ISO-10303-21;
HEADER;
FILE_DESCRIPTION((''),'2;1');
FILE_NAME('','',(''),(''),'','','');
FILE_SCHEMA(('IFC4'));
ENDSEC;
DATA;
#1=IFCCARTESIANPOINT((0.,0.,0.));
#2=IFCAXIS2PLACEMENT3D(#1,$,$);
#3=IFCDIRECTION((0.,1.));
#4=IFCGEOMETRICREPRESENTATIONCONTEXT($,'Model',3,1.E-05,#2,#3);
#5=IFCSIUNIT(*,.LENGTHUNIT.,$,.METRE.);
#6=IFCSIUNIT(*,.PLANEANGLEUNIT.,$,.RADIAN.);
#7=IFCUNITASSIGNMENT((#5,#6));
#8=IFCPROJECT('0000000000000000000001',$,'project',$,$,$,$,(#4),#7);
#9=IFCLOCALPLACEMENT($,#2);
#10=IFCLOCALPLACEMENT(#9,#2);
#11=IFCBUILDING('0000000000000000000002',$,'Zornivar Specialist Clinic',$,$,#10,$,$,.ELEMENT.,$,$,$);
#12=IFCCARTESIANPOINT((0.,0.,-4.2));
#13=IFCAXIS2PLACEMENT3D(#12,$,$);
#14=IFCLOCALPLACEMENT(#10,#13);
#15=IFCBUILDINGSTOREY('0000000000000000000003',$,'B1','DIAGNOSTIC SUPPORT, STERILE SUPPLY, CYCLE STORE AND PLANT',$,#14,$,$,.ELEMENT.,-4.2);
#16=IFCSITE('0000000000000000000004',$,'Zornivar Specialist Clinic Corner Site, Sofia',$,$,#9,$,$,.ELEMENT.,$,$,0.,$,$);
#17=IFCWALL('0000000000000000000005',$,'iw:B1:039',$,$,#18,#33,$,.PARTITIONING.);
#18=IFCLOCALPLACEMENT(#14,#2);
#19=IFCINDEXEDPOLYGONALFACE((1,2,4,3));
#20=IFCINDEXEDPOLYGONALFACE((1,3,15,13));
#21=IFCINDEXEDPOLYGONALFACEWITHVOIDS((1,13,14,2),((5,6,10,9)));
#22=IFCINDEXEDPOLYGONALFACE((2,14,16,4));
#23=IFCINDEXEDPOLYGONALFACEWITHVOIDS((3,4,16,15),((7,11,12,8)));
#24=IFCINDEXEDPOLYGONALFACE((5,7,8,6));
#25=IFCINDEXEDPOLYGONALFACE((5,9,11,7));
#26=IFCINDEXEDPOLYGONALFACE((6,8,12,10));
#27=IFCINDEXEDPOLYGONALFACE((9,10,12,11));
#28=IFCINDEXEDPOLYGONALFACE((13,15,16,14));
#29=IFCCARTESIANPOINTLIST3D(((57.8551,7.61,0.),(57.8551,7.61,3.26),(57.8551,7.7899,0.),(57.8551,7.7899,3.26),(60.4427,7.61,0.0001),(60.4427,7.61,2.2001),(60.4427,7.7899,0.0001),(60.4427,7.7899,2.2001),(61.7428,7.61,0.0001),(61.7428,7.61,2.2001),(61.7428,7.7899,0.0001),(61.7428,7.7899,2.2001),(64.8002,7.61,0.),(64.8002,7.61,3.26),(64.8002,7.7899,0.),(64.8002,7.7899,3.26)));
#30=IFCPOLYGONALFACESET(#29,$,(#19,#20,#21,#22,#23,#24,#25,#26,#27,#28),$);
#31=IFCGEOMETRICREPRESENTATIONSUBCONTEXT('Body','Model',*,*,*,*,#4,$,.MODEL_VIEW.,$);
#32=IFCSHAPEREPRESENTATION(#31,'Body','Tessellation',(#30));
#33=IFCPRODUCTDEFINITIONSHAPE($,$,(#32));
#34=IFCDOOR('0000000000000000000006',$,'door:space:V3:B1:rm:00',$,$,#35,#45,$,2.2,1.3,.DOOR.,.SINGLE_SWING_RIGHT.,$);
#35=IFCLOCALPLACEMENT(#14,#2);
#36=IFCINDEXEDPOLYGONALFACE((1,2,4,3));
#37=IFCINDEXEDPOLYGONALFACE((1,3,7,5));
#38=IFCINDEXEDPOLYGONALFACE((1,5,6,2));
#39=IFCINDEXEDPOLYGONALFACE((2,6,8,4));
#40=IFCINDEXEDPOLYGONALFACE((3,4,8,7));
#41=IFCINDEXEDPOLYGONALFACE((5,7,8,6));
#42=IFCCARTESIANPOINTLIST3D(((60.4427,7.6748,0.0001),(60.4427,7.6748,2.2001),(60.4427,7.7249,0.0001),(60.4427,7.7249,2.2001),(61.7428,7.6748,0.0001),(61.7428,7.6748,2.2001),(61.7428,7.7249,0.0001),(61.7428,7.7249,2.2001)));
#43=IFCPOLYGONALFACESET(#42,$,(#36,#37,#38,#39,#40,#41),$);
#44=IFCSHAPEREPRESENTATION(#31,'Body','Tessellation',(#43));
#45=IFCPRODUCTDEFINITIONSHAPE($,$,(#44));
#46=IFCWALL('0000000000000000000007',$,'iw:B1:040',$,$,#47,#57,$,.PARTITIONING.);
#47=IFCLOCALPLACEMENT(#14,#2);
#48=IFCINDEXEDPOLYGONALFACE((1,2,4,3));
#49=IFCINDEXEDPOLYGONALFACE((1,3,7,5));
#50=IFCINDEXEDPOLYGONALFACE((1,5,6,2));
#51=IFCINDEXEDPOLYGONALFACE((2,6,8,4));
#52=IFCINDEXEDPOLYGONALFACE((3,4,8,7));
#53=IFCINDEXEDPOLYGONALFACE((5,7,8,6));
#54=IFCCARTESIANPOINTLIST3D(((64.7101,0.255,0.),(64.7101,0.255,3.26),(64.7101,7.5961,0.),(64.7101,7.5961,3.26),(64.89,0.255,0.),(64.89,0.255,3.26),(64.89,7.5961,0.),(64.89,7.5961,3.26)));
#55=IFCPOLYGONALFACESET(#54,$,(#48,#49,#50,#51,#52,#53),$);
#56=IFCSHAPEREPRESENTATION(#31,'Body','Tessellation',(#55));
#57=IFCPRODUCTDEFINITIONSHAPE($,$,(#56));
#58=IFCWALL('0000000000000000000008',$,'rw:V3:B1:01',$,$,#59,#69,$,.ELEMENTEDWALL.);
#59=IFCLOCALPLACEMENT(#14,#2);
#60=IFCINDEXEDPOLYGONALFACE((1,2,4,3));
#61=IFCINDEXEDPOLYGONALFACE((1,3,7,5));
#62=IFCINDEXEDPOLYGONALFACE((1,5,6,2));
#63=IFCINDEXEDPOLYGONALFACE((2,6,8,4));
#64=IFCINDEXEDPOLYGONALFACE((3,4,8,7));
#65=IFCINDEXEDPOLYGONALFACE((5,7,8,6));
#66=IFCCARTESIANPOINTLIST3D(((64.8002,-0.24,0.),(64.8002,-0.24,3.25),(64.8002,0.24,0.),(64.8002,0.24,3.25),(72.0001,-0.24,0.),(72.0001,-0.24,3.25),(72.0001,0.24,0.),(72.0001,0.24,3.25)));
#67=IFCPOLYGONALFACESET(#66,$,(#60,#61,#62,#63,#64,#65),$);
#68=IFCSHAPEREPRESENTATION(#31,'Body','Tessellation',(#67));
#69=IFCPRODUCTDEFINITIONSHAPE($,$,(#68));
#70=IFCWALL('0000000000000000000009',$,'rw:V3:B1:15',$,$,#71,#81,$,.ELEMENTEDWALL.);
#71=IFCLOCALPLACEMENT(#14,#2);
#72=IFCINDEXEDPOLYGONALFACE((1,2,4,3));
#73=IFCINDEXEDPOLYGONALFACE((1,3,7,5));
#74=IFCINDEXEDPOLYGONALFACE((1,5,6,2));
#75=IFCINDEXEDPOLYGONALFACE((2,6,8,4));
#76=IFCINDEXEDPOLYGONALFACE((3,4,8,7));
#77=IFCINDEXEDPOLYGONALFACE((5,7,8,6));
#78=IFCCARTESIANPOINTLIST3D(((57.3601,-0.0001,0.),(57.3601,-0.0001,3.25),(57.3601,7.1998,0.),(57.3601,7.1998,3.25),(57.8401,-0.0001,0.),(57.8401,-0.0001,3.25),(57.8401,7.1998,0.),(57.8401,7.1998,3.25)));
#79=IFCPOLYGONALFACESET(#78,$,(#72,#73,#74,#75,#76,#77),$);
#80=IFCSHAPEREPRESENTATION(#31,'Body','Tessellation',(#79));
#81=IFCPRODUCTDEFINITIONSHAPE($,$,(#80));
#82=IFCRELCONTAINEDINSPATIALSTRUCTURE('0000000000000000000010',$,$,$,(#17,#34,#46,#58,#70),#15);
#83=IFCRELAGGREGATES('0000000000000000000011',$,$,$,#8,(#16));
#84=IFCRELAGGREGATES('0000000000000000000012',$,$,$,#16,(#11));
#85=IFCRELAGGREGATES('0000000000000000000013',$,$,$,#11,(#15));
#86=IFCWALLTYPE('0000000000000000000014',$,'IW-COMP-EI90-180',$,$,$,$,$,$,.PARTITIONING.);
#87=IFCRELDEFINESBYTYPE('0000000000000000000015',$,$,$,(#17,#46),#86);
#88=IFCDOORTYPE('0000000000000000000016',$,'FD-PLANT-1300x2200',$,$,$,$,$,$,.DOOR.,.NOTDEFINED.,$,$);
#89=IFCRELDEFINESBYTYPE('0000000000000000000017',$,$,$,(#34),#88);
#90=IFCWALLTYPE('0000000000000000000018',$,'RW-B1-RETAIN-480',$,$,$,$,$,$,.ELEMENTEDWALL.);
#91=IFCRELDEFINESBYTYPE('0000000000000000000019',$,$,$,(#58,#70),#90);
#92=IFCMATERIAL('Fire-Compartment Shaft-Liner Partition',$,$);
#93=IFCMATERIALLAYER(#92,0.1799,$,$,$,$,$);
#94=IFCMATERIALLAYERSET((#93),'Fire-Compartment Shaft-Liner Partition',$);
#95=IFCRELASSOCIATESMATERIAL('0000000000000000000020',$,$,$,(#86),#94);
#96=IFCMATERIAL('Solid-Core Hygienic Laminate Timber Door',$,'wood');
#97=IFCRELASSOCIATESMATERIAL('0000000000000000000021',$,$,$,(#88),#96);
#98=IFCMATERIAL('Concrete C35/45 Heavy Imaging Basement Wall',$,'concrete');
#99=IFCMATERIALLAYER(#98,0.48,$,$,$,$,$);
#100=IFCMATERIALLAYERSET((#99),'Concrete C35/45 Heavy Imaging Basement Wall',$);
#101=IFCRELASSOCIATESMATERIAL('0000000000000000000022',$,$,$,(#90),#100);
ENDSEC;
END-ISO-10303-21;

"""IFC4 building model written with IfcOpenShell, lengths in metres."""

from ifc_helpers import new_model, si_unit, direction, frame, frame_2d, origin, place, context, subcontext, project, spatial, rectangle, extrude, material, layer, layer_set, type_object, element, fill, save


model = new_model("IFC4")

# Units and contexts
model_context = context("Model", 3, precision=1e-05, world=origin(), true_north=direction((0.0, 1.0)))
body_context = subcontext(model_context, "Body", "Model", "MODEL_VIEW")
ifc_project = project(units=[si_unit("LENGTHUNIT", "METRE"), si_unit("PLANEANGLEUNIT", "RADIAN")], contexts=[model_context])

# Site, building, storey
site_placement = place(None, origin())
site = spatial("IfcSite", under=ifc_project, at=site_placement, Name="Zornivar Specialist Clinic Corner Site, Sofia", CompositionType="ELEMENT", RefElevation=0.0)
building_placement = place(site_placement, origin())
building = spatial("IfcBuilding", under=site, at=building_placement, Name="Zornivar Specialist Clinic", CompositionType="ELEMENT")
storey_placement = place(building_placement, frame((0.0, 0.0, -4.2)))
storey = spatial("IfcBuildingStorey", under=building, at=storey_placement, Name="B1", Description="DIAGNOSTIC SUPPORT, STERILE SUPPLY, CYCLE STORE AND PLANT", CompositionType="ELEMENT", Elevation=-4.2)

# Wall, opening, door
ifc_material_1 = material(Name="Fire-Compartment Shaft-Liner Partition")
ifc_layer_1 = layer(ifc_material_1, 0.1799)
ifc_layer_set_1 = layer_set([ifc_layer_1], Name="Fire-Compartment Shaft-Liner Partition")
wall_type_1 = type_object("IfcWallType", Name="IW-COMP-EI90-180", PredefinedType="PARTITIONING", material=ifc_layer_set_1)
wall_1_placement = place(storey_placement, frame((57.855, 7.7, 0.0), z_axis=(0.0, 0.0, 1.0), x_axis=(1.0, 0.0, 0.0)))
wall_1 = element("IfcWall", 1, at=wall_1_placement, inside=storey, type_object=wall_type_1, Name="iw:B1:039", PredefinedType="PARTITIONING", context=body_context, shape_type="SweptSolid", body=[
    extrude(rectangle(XDim=6.9451, YDim=0.1799, at=frame_2d((3.4727, 0.0))), origin(), (0.0, 0.0, 1.0), 3.26),
])
opening_placement = place(wall_1_placement, frame((2.5879, 0.0, 0.0)))
opening = element("IfcOpeningElement", 2, at=opening_placement, cuts=wall_1, PredefinedType="OPENING", context=body_context, shape_type="SweptSolid", body=[
    extrude(rectangle(XDim=1.3, YDim=2.2, at=frame_2d((0.6499, 1.1001))), frame((0.0, 0.0999, 0.0), z_axis=(0.0, -1.0, 0.0), x_axis=(1.0, 0.0, 0.0)), (0.0, 0.0, 1.0), 0.2),
])
ifc_material_2 = material(Name="Solid-Core Hygienic Laminate Timber Door", Category="wood")
door_type = type_object("IfcDoorType", Name="FD-PLANT-1300x2200", OperationType="NOTDEFINED", PredefinedType="DOOR", material=ifc_material_2)
door_placement = place(opening_placement, origin())
door = element("IfcDoor", 3, at=door_placement, inside=storey, type_object=door_type, Name="door:space:V3:B1:rm:00", OperationType="SINGLE_SWING_RIGHT", OverallHeight=2.2, OverallWidth=1.3, PredefinedType="DOOR", context=body_context, shape_type="SweptSolid", body=[
    extrude(rectangle(XDim=1.3, YDim=2.2, at=frame_2d((0.6499, 1.1001))), frame((0.0, 0.0249, 0.0), z_axis=(0.0, -1.0, 0.0), x_axis=(1.0, 0.0, 0.0)), (0.0, 0.0, 1.0), 0.05),
])
fill(opening, door)

# Walls
wall_2_placement = place(storey_placement, frame((64.8, 7.5959, 0.0), z_axis=(0.0, 0.0, 1.0), x_axis=(0.0, -1.0, 0.0)))
element("IfcWall", 4, at=wall_2_placement, inside=storey, type_object=wall_type_1, Name="iw:B1:040", PredefinedType="PARTITIONING", context=body_context, shape_type="SweptSolid", body=[
    extrude(rectangle(XDim=7.3411, YDim=0.1799, at=frame_2d((3.6704, 0.0))), origin(), (0.0, 0.0, 1.0), 3.26),
])
ifc_material_3 = material(Name="Concrete C35/45 Heavy Imaging Basement Wall", Category="concrete")
ifc_layer_2 = layer(ifc_material_3, 0.48)
ifc_layer_set_2 = layer_set([ifc_layer_2], Name="Concrete C35/45 Heavy Imaging Basement Wall")
wall_type_2 = type_object("IfcWallType", Name="RW-B1-RETAIN-480", PredefinedType="ELEMENTEDWALL", material=ifc_layer_set_2)
for number, where, z_axis, x_axis, name in (
    (5, (64.8, 0.0, 0.0), (0.0, 0.0, 1.0), (1.0, 0.0, 0.0), "rw:V3:B1:01"),
    (6, (57.6001, 7.2, 0.0), (0.0, 0.0, 1.0), (0.0, -1.0, 0.0), "rw:V3:B1:15"),
):
    element("IfcWall", number, at=place(storey_placement, frame(where, z_axis=z_axis, x_axis=x_axis)), inside=storey, type_object=wall_type_2, Name=name, PredefinedType="ELEMENTEDWALL", context=body_context, shape_type="SweptSolid", body=[
        extrude(rectangle(XDim=7.2, YDim=0.48, at=frame_2d((3.6001, 0.0))), origin(), (0.0, 0.0, 1.0), 3.25),
    ])

save(model, "model.ifc")
